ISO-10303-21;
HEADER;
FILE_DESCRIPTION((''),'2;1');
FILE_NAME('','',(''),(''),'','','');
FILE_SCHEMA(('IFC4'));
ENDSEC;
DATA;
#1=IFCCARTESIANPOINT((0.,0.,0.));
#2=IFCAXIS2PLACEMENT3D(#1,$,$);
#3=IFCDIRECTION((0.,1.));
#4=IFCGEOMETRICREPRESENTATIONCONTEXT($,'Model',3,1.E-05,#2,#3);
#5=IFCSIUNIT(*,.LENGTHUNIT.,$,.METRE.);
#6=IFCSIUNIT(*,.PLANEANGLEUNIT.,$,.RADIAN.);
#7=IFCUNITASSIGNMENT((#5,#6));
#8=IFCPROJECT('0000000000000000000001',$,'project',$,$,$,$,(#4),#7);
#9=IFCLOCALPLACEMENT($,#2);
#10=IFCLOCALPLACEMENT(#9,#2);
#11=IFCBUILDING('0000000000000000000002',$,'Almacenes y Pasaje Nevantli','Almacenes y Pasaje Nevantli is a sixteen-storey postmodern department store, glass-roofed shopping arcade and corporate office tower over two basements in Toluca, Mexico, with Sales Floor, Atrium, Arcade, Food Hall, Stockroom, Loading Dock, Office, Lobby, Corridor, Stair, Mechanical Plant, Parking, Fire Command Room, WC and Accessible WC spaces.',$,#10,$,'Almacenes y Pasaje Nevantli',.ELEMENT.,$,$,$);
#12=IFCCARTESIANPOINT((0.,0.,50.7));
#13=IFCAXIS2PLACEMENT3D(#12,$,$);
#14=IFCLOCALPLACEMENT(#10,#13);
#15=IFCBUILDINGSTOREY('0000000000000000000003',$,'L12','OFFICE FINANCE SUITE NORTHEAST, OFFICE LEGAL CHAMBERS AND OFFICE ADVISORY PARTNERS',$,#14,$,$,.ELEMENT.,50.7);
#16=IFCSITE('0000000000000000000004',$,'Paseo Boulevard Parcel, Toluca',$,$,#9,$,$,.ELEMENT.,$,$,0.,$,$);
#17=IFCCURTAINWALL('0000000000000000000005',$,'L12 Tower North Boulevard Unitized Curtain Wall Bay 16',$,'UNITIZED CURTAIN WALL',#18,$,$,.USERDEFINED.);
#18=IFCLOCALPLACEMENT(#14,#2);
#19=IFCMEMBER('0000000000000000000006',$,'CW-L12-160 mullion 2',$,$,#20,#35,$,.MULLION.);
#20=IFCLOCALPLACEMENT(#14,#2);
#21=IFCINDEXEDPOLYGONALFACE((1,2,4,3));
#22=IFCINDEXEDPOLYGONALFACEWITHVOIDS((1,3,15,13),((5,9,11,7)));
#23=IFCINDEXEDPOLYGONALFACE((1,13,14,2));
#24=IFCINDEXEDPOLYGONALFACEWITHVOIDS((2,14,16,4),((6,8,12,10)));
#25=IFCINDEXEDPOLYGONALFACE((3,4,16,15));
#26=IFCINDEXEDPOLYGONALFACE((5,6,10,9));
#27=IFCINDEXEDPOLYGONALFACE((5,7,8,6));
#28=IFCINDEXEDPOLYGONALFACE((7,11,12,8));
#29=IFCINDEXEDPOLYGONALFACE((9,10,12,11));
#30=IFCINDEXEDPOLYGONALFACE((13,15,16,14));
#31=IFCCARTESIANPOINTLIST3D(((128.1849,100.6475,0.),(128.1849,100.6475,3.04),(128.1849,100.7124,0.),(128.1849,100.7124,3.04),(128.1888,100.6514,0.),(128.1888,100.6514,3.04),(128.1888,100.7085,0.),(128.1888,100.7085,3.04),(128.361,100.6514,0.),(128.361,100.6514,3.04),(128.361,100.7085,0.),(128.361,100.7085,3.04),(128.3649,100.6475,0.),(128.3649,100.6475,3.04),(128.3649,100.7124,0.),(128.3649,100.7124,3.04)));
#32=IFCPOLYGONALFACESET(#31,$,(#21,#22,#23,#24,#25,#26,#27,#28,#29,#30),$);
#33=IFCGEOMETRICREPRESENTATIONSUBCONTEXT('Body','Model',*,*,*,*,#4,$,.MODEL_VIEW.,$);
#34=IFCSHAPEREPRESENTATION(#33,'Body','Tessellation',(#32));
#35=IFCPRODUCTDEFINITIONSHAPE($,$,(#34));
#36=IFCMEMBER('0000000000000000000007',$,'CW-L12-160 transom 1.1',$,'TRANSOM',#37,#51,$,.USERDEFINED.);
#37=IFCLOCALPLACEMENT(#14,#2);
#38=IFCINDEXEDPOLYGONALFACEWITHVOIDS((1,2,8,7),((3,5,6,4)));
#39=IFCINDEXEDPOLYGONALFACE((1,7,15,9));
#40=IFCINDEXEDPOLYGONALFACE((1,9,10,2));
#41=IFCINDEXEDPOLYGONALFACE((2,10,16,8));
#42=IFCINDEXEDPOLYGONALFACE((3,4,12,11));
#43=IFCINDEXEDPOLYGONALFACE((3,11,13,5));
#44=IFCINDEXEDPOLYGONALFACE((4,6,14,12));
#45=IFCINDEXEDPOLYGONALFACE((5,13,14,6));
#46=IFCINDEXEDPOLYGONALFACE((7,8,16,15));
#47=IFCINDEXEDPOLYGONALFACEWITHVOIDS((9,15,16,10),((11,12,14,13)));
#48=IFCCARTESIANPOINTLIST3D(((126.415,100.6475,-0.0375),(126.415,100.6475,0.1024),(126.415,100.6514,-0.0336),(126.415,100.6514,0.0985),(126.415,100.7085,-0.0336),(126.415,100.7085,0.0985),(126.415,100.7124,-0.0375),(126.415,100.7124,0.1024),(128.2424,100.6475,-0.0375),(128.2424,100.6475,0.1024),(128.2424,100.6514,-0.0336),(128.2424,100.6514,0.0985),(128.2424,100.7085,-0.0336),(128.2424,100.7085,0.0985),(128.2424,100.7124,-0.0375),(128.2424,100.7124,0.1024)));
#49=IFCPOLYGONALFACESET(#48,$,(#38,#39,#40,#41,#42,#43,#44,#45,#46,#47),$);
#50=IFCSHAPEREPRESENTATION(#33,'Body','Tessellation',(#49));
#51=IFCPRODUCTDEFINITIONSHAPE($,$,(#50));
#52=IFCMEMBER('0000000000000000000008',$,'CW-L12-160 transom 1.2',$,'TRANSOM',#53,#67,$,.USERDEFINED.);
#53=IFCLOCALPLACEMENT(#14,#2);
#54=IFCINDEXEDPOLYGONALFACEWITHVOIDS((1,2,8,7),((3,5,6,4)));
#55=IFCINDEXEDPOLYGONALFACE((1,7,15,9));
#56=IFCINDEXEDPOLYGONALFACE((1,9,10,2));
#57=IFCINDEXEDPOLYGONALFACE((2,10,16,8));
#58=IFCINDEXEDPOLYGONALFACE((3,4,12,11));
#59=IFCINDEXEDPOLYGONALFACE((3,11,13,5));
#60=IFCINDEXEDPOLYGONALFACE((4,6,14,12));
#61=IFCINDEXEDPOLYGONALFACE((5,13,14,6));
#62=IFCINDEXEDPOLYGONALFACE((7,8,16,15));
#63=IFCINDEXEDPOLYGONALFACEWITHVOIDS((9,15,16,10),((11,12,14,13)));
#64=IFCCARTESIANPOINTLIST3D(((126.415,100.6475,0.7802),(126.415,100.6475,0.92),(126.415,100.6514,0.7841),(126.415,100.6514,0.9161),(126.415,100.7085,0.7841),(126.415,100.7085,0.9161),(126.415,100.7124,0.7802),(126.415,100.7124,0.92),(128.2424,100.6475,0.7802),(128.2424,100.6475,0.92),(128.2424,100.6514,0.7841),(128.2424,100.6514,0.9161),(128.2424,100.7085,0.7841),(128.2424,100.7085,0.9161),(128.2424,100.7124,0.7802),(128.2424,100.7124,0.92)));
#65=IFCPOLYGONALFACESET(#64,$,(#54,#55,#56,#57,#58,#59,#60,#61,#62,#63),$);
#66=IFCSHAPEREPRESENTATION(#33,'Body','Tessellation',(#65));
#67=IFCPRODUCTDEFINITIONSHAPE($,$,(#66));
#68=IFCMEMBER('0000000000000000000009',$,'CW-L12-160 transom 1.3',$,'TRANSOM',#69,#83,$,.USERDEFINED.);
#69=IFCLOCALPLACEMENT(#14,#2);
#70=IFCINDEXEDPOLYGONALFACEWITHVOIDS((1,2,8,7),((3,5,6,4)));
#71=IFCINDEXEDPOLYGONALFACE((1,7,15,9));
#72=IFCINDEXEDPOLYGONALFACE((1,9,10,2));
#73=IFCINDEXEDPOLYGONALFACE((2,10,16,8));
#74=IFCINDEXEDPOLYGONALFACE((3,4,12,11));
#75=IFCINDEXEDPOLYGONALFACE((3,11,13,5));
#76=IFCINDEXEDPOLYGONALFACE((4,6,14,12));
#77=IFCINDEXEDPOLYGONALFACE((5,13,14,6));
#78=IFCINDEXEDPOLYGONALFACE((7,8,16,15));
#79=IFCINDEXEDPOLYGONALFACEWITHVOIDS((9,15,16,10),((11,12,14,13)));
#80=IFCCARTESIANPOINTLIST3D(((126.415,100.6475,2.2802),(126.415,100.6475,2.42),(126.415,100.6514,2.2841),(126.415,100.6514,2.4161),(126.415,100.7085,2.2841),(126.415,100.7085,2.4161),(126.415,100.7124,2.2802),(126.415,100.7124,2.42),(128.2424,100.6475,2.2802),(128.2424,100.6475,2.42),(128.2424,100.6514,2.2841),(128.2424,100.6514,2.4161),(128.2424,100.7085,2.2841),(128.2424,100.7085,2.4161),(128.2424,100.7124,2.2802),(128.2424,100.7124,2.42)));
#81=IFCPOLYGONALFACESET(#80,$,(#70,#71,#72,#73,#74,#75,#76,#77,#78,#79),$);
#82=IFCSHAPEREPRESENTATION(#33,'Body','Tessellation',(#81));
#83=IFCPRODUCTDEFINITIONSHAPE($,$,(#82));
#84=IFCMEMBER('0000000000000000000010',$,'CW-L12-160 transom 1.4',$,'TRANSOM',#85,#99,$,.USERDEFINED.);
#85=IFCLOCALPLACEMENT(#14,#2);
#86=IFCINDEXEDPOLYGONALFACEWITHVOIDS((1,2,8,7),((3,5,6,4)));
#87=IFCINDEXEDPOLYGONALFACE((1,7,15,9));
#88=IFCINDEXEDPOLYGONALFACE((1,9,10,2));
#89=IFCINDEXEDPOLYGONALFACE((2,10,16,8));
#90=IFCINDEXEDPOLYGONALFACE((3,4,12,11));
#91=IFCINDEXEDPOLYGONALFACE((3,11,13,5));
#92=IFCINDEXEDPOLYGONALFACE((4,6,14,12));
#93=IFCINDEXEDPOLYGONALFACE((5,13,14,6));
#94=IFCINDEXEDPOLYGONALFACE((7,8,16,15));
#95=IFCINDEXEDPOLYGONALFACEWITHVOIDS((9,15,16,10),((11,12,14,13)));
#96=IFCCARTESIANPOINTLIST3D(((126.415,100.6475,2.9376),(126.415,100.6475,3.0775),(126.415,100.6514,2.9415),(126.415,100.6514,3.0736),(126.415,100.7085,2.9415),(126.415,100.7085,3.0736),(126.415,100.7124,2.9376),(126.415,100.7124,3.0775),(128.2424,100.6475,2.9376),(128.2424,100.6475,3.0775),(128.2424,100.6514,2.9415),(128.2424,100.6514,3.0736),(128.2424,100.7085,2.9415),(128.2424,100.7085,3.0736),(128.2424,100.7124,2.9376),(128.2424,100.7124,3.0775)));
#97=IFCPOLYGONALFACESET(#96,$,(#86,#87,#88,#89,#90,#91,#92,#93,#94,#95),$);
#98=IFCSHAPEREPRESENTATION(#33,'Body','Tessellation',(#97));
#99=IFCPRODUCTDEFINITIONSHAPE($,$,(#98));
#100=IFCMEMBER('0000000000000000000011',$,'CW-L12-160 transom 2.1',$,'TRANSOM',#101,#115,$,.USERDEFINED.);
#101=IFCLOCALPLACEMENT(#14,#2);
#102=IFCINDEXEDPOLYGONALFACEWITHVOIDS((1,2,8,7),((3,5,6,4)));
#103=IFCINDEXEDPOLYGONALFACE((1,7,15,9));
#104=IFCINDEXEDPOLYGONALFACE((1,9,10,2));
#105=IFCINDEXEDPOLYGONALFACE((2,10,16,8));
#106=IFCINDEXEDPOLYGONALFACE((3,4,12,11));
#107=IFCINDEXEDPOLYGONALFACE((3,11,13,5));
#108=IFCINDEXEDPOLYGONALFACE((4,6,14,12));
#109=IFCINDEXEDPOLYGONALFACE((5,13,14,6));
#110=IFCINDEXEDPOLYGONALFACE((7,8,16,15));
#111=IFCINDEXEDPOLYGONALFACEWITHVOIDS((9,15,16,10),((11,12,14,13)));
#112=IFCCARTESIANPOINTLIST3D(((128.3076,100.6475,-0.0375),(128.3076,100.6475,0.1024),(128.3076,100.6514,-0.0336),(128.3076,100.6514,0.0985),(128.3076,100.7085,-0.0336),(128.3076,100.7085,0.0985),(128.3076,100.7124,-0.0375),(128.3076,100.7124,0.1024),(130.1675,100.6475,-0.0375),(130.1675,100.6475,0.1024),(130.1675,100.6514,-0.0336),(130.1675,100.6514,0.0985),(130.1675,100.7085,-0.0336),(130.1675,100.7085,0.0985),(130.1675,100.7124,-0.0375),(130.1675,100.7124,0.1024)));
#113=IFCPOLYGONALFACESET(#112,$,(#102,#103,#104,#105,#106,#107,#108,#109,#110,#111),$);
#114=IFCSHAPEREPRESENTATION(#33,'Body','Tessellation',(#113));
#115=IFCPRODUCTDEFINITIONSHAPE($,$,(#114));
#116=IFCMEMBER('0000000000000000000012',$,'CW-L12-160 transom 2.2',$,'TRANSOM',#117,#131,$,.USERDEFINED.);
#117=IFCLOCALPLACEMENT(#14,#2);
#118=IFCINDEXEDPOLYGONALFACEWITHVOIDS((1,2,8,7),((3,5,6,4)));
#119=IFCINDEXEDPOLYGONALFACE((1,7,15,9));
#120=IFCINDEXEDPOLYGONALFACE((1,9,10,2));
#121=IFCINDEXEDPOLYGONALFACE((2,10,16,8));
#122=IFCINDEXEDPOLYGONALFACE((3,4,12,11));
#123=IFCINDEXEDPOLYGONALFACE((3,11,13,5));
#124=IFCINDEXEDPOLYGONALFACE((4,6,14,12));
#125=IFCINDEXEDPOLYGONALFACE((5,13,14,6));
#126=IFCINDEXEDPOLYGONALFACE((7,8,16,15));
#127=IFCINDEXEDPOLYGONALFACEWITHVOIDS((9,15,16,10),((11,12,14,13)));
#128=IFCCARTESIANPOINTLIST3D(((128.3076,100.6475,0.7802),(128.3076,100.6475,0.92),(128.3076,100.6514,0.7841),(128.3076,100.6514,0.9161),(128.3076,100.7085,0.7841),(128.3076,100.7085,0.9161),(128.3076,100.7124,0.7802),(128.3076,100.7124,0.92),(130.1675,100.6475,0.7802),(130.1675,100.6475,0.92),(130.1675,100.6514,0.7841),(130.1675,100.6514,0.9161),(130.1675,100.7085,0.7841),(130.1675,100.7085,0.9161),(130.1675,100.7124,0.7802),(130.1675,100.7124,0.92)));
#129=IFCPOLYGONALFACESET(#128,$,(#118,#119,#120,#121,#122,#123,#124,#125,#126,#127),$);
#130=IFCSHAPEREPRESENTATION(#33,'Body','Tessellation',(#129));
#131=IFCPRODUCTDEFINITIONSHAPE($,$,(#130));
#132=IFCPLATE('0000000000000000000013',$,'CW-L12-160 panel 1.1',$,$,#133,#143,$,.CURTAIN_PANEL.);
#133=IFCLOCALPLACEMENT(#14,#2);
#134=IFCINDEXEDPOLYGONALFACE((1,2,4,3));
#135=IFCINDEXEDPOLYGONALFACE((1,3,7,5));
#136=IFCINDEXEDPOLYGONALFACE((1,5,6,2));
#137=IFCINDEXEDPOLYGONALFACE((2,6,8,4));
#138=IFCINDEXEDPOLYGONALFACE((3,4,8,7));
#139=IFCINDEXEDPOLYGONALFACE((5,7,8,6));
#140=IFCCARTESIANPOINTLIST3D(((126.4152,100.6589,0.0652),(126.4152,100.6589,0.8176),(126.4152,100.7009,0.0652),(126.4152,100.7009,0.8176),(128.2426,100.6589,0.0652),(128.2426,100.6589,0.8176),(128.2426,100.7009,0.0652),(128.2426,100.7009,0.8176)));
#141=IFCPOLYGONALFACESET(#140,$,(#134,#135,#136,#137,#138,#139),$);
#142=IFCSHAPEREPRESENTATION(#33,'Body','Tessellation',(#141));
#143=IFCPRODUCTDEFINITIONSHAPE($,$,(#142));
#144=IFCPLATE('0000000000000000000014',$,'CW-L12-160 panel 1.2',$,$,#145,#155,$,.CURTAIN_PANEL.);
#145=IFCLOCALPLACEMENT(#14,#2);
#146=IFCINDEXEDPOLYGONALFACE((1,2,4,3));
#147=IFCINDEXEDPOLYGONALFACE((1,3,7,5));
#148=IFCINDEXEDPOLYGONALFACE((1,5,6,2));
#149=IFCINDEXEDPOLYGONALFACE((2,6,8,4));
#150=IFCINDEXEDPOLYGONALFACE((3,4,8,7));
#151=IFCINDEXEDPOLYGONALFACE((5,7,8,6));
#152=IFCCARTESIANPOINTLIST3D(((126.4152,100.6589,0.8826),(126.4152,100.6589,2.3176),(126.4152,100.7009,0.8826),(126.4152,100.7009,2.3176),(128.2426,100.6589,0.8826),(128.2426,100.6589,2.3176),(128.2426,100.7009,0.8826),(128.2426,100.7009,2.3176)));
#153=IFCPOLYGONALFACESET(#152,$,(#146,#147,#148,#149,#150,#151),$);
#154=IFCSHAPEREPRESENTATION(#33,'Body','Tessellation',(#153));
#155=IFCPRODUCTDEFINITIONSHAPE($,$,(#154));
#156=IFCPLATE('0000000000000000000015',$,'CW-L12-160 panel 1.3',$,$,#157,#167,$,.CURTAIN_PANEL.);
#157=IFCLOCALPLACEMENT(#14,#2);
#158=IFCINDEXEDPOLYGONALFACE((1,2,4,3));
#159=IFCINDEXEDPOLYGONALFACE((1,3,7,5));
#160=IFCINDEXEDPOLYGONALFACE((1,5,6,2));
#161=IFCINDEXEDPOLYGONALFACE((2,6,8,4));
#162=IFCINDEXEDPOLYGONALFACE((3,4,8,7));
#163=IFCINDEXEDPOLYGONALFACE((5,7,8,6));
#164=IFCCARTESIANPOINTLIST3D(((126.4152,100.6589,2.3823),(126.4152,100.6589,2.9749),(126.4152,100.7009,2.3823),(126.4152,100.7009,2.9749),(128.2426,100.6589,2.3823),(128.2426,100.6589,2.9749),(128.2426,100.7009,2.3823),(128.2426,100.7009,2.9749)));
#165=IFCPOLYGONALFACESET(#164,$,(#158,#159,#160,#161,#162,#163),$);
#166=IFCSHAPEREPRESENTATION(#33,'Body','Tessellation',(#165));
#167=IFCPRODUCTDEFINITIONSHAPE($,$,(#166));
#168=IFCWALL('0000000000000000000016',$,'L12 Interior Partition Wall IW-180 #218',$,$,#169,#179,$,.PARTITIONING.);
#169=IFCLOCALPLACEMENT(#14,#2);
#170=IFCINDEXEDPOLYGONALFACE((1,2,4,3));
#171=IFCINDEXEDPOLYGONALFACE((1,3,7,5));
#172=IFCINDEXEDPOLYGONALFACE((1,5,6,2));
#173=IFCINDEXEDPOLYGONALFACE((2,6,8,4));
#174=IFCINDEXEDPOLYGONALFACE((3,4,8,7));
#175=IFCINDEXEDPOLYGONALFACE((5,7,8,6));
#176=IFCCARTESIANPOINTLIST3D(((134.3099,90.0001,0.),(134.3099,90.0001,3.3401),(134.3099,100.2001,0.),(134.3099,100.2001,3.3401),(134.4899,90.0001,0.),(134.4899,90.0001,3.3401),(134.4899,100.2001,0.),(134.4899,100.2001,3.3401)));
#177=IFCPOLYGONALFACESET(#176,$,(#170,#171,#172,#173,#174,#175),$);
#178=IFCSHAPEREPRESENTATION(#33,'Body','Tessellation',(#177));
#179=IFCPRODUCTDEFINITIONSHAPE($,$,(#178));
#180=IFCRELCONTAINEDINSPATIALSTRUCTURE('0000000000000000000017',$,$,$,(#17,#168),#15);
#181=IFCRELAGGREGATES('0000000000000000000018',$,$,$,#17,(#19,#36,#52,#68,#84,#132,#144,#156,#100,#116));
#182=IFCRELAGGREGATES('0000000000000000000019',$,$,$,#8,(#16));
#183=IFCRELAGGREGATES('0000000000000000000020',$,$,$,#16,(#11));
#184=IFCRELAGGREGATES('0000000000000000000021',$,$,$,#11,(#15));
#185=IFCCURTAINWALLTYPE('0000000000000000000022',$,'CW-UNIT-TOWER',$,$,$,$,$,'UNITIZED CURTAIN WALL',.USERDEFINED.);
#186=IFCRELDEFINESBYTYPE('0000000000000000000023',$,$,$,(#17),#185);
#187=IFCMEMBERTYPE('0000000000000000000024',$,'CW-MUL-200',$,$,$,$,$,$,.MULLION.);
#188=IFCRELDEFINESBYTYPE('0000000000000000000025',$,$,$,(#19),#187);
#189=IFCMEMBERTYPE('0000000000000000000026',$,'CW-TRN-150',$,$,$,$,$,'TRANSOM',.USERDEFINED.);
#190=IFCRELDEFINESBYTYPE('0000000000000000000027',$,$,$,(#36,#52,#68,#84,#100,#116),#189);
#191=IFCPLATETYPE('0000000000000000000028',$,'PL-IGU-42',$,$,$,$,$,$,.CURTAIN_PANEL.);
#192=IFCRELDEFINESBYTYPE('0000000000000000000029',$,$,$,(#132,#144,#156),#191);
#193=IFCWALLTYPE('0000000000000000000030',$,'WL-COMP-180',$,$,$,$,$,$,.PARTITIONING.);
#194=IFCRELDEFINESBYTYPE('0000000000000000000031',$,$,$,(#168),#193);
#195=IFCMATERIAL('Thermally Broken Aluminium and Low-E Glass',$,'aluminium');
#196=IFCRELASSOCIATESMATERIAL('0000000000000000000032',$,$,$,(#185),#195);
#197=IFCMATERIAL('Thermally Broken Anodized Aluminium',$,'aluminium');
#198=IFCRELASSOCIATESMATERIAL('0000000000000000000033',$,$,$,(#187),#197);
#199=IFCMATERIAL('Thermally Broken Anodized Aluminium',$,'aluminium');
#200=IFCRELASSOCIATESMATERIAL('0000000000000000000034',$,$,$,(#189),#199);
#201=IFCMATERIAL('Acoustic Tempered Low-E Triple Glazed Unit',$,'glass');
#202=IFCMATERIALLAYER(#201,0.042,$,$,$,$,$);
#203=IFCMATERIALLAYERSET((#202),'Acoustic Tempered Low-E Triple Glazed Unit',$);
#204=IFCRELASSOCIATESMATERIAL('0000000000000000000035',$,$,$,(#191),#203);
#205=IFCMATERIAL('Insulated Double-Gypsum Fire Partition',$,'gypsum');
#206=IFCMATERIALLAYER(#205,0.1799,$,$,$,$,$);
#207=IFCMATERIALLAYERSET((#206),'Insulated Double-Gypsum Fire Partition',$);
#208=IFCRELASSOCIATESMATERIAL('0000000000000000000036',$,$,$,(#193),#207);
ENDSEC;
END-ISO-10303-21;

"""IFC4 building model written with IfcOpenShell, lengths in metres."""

from ifc_helpers import new_model, si_unit, direction, frame, frame_2d, origin, origin_2d, place, context, subcontext, project, spatial, rectangle, hollow_rectangle, extrude, material, layer, layer_set, material_profile, profile_set, type_object, element, aggregate, save


model = new_model("IFC4")

# Units and contexts
model_context = context("Model", 3, precision=1e-05, world=origin(), true_north=direction((0.0, 1.0)))
body_context = subcontext(model_context, "Body", "Model", "MODEL_VIEW")
ifc_project = project(units=[si_unit("LENGTHUNIT", "METRE"), si_unit("PLANEANGLEUNIT", "RADIAN")], contexts=[model_context])

# Site, building, storey
site_placement = place(None, origin())
site = spatial("IfcSite", under=ifc_project, at=site_placement, Name="Paseo Boulevard Parcel, Toluca", CompositionType="ELEMENT", RefElevation=0.0)
building_placement = place(site_placement, origin())
building = spatial("IfcBuilding", under=site, at=building_placement, Name="Almacenes y Pasaje Nevantli", Description="Almacenes y Pasaje Nevantli is a sixteen-storey postmodern department store, glass-roofed shopping arcade and corporate office tower over two basements in Toluca, Mexico, with Sales Floor, Atrium, Arcade, Food Hall, Stockroom, Loading Dock, Office, Lobby, Corridor, Stair, Mechanical Plant, Parking, Fire Command Room, WC and Accessible WC spaces.", LongName="Almacenes y Pasaje Nevantli", CompositionType="ELEMENT")
storey_placement = place(building_placement, frame((0.0, 0.0, 50.7)))
storey = spatial("IfcBuildingStorey", under=building, at=storey_placement, Name="L12", Description="OFFICE FINANCE SUITE NORTHEAST, OFFICE LEGAL CHAMBERS AND OFFICE ADVISORY PARTNERS", CompositionType="ELEMENT", Elevation=50.7)

# Curtain wall, members, plates
ifc_material_1 = material(Name="Thermally Broken Aluminium and Low-E Glass", Category="aluminium")
curtain_wall_type = type_object("IfcCurtainWallType", Name="CW-UNIT-TOWER", ElementType="UNITIZED CURTAIN WALL", PredefinedType="USERDEFINED", material=ifc_material_1)
curtain_wall_placement = place(storey_placement, origin())
curtain_wall = element("IfcCurtainWall", 1, at=curtain_wall_placement, inside=storey, type_object=curtain_wall_type, Name="L12 Tower North Boulevard Unitized Curtain Wall Bay 16", ObjectType="UNITIZED CURTAIN WALL", PredefinedType="USERDEFINED")
ifc_material_2 = material(Name="Thermally Broken Anodized Aluminium", Category="aluminium")
ifc_material_profile_1 = material_profile(ifc_material_2, hollow_rectangle(XDim=0.0649, YDim=0.1799, WallThickness=0.0039, at=origin_2d()), Name="ALU-MUL-65x180")
ifc_profile_set_1 = profile_set([ifc_material_profile_1], Name="Thermally Broken Anodized Aluminium")
member_type_1 = type_object("IfcMemberType", Name="CW-MUL-200", PredefinedType="MULLION", material=ifc_profile_set_1)
member_1_placement = place(storey_placement, frame((128.2749, 100.6799, 0.0), z_axis=(0.0, 0.0, 1.0), x_axis=(0.0, 1.0, 0.0)))
member_1 = element("IfcMember", 2, at=member_1_placement, type_object=member_type_1, Name="CW-L12-160 mullion 2", PredefinedType="MULLION", context=body_context, shape_type="SweptSolid", body=[
    extrude(hollow_rectangle(XDim=0.0649, YDim=0.1799, WallThickness=0.0039, at=origin_2d()), origin(), (0.0, 0.0, 1.0), 3.04),
])
ifc_material_3 = material(Name="Thermally Broken Anodized Aluminium", Category="aluminium")
ifc_material_profile_2 = material_profile(ifc_material_3, hollow_rectangle(XDim=0.0649, YDim=0.1399, WallThickness=0.0039, at=origin_2d()), Name="ALU-TRN-65x140")
ifc_profile_set_2 = profile_set([ifc_material_profile_2], Name="Thermally Broken Anodized Aluminium")
member_type_2 = type_object("IfcMemberType", Name="CW-TRN-150", ElementType="TRANSOM", PredefinedType="USERDEFINED", material=ifc_profile_set_2)
member_2_placement = place(storey_placement, frame((126.415, 100.6799, 0.0325), z_axis=(1.0, 0.0, 0.0), x_axis=(0.0, 1.0, 0.0)))
member_2 = element("IfcMember", 3, at=member_2_placement, type_object=member_type_2, Name="CW-L12-160 transom 1.1", ObjectType="TRANSOM", PredefinedType="USERDEFINED", context=body_context, shape_type="SweptSolid", body=[
    extrude(hollow_rectangle(XDim=0.0649, YDim=0.1399, WallThickness=0.0039, at=origin_2d()), origin(), (0.0, 0.0, 1.0), 1.8274),
])
member_3_placement = place(storey_placement, frame((126.415, 100.6799, 0.8501), z_axis=(1.0, 0.0, 0.0), x_axis=(0.0, 1.0, 0.0)))
member_3 = element("IfcMember", 4, at=member_3_placement, type_object=member_type_2, Name="CW-L12-160 transom 1.2", ObjectType="TRANSOM", PredefinedType="USERDEFINED", context=body_context, shape_type="SweptSolid", body=[
    extrude(hollow_rectangle(XDim=0.0649, YDim=0.1399, WallThickness=0.0039, at=origin_2d()), origin(), (0.0, 0.0, 1.0), 1.8274),
])
member_4_placement = place(storey_placement, frame((126.415, 100.6799, 2.3501), z_axis=(1.0, 0.0, 0.0), x_axis=(0.0, 1.0, 0.0)))
member_4 = element("IfcMember", 5, at=member_4_placement, type_object=member_type_2, Name="CW-L12-160 transom 1.3", ObjectType="TRANSOM", PredefinedType="USERDEFINED", context=body_context, shape_type="SweptSolid", body=[
    extrude(hollow_rectangle(XDim=0.0649, YDim=0.1399, WallThickness=0.0039, at=origin_2d()), origin(), (0.0, 0.0, 1.0), 1.8274),
])
member_5_placement = place(storey_placement, frame((126.415, 100.6799, 3.0076), z_axis=(1.0, 0.0, 0.0), x_axis=(0.0, 1.0, 0.0)))
member_5 = element("IfcMember", 6, at=member_5_placement, type_object=member_type_2, Name="CW-L12-160 transom 1.4", ObjectType="TRANSOM", PredefinedType="USERDEFINED", context=body_context, shape_type="SweptSolid", body=[
    extrude(hollow_rectangle(XDim=0.0649, YDim=0.1399, WallThickness=0.0039, at=origin_2d()), origin(), (0.0, 0.0, 1.0), 1.8274),
])
member_6_placement = place(storey_placement, frame((128.3076, 100.6799, 0.0325), z_axis=(1.0, 0.0, 0.0), x_axis=(0.0, 1.0, 0.0)))
member_6 = element("IfcMember", 7, at=member_6_placement, type_object=member_type_2, Name="CW-L12-160 transom 2.1", ObjectType="TRANSOM", PredefinedType="USERDEFINED", context=body_context, shape_type="SweptSolid", body=[
    extrude(hollow_rectangle(XDim=0.0649, YDim=0.1399, WallThickness=0.0039, at=origin_2d()), origin(), (0.0, 0.0, 1.0), 1.8599),
])
member_7_placement = place(storey_placement, frame((128.3076, 100.6799, 0.8501), z_axis=(1.0, 0.0, 0.0), x_axis=(0.0, 1.0, 0.0)))
member_7 = element("IfcMember", 8, at=member_7_placement, type_object=member_type_2, Name="CW-L12-160 transom 2.2", ObjectType="TRANSOM", PredefinedType="USERDEFINED", context=body_context, shape_type="SweptSolid", body=[
    extrude(hollow_rectangle(XDim=0.0649, YDim=0.1399, WallThickness=0.0039, at=origin_2d()), origin(), (0.0, 0.0, 1.0), 1.8599),
])
ifc_material_4 = material(Name="Acoustic Tempered Low-E Triple Glazed Unit", Category="glass")
ifc_layer_1 = layer(ifc_material_4, 0.042)
ifc_layer_set_1 = layer_set([ifc_layer_1], Name="Acoustic Tempered Low-E Triple Glazed Unit")
plate_type = type_object("IfcPlateType", Name="PL-IGU-42", PredefinedType="CURTAIN_PANEL", material=ifc_layer_set_1)
plate_1_placement = place(storey_placement, frame((127.3289, 100.6799, 0.0652), z_axis=(0.0, 0.0, 1.0), x_axis=(1.0, 0.0, 0.0)))
plate_1 = element("IfcPlate", 9, at=plate_1_placement, type_object=plate_type, Name="CW-L12-160 panel 1.1", PredefinedType="CURTAIN_PANEL", context=body_context, shape_type="SweptSolid", body=[
    extrude(rectangle(XDim=1.8274, YDim=0.042, at=origin_2d()), origin(), (0.0, 0.0, 1.0), 0.7524),
])
plate_2_placement = place(storey_placement, frame((127.3289, 100.6799, 0.8826), z_axis=(0.0, 0.0, 1.0), x_axis=(1.0, 0.0, 0.0)))
plate_2 = element("IfcPlate", 10, at=plate_2_placement, type_object=plate_type, Name="CW-L12-160 panel 1.2", PredefinedType="CURTAIN_PANEL", context=body_context, shape_type="SweptSolid", body=[
    extrude(rectangle(XDim=1.8274, YDim=0.042, at=origin_2d()), origin(), (0.0, 0.0, 1.0), 1.4351),
])
plate_3_placement = place(storey_placement, frame((127.3289, 100.6799, 2.3823), z_axis=(0.0, 0.0, 1.0), x_axis=(1.0, 0.0, 0.0)))
plate_3 = element("IfcPlate", 11, at=plate_3_placement, type_object=plate_type, Name="CW-L12-160 panel 1.3", PredefinedType="CURTAIN_PANEL", context=body_context, shape_type="SweptSolid", body=[
    extrude(rectangle(XDim=1.8274, YDim=0.042, at=origin_2d()), origin(), (0.0, 0.0, 1.0), 0.5925),
])
aggregate(curtain_wall, [member_1, member_2, member_3, member_4, member_5, plate_1, plate_2, plate_3, member_6, member_7])

# Wall
ifc_material_5 = material(Name="Insulated Double-Gypsum Fire Partition", Category="gypsum")
ifc_layer_2 = layer(ifc_material_5, 0.1799)
ifc_layer_set_2 = layer_set([ifc_layer_2], Name="Insulated Double-Gypsum Fire Partition")
wall_type_1 = type_object("IfcWallType", Name="WL-COMP-180", PredefinedType="PARTITIONING", material=ifc_layer_set_2)
wall_1_placement = place(storey_placement, frame((134.3999, 90.0, 0.0), z_axis=(0.0, 0.0, 1.0), x_axis=(0.0, 1.0, 0.0)))
element("IfcWall", 12, at=wall_1_placement, inside=storey, type_object=wall_type_1, Name="L12 Interior Partition Wall IW-180 #218", PredefinedType="PARTITIONING", context=body_context, shape_type="SweptSolid", body=[
    extrude(rectangle(XDim=10.2, YDim=0.1799, at=frame_2d((5.1001, 0.0))), origin(), (0.0, 0.0, 1.0), 3.3401),
])

save(model, "model.ifc")
